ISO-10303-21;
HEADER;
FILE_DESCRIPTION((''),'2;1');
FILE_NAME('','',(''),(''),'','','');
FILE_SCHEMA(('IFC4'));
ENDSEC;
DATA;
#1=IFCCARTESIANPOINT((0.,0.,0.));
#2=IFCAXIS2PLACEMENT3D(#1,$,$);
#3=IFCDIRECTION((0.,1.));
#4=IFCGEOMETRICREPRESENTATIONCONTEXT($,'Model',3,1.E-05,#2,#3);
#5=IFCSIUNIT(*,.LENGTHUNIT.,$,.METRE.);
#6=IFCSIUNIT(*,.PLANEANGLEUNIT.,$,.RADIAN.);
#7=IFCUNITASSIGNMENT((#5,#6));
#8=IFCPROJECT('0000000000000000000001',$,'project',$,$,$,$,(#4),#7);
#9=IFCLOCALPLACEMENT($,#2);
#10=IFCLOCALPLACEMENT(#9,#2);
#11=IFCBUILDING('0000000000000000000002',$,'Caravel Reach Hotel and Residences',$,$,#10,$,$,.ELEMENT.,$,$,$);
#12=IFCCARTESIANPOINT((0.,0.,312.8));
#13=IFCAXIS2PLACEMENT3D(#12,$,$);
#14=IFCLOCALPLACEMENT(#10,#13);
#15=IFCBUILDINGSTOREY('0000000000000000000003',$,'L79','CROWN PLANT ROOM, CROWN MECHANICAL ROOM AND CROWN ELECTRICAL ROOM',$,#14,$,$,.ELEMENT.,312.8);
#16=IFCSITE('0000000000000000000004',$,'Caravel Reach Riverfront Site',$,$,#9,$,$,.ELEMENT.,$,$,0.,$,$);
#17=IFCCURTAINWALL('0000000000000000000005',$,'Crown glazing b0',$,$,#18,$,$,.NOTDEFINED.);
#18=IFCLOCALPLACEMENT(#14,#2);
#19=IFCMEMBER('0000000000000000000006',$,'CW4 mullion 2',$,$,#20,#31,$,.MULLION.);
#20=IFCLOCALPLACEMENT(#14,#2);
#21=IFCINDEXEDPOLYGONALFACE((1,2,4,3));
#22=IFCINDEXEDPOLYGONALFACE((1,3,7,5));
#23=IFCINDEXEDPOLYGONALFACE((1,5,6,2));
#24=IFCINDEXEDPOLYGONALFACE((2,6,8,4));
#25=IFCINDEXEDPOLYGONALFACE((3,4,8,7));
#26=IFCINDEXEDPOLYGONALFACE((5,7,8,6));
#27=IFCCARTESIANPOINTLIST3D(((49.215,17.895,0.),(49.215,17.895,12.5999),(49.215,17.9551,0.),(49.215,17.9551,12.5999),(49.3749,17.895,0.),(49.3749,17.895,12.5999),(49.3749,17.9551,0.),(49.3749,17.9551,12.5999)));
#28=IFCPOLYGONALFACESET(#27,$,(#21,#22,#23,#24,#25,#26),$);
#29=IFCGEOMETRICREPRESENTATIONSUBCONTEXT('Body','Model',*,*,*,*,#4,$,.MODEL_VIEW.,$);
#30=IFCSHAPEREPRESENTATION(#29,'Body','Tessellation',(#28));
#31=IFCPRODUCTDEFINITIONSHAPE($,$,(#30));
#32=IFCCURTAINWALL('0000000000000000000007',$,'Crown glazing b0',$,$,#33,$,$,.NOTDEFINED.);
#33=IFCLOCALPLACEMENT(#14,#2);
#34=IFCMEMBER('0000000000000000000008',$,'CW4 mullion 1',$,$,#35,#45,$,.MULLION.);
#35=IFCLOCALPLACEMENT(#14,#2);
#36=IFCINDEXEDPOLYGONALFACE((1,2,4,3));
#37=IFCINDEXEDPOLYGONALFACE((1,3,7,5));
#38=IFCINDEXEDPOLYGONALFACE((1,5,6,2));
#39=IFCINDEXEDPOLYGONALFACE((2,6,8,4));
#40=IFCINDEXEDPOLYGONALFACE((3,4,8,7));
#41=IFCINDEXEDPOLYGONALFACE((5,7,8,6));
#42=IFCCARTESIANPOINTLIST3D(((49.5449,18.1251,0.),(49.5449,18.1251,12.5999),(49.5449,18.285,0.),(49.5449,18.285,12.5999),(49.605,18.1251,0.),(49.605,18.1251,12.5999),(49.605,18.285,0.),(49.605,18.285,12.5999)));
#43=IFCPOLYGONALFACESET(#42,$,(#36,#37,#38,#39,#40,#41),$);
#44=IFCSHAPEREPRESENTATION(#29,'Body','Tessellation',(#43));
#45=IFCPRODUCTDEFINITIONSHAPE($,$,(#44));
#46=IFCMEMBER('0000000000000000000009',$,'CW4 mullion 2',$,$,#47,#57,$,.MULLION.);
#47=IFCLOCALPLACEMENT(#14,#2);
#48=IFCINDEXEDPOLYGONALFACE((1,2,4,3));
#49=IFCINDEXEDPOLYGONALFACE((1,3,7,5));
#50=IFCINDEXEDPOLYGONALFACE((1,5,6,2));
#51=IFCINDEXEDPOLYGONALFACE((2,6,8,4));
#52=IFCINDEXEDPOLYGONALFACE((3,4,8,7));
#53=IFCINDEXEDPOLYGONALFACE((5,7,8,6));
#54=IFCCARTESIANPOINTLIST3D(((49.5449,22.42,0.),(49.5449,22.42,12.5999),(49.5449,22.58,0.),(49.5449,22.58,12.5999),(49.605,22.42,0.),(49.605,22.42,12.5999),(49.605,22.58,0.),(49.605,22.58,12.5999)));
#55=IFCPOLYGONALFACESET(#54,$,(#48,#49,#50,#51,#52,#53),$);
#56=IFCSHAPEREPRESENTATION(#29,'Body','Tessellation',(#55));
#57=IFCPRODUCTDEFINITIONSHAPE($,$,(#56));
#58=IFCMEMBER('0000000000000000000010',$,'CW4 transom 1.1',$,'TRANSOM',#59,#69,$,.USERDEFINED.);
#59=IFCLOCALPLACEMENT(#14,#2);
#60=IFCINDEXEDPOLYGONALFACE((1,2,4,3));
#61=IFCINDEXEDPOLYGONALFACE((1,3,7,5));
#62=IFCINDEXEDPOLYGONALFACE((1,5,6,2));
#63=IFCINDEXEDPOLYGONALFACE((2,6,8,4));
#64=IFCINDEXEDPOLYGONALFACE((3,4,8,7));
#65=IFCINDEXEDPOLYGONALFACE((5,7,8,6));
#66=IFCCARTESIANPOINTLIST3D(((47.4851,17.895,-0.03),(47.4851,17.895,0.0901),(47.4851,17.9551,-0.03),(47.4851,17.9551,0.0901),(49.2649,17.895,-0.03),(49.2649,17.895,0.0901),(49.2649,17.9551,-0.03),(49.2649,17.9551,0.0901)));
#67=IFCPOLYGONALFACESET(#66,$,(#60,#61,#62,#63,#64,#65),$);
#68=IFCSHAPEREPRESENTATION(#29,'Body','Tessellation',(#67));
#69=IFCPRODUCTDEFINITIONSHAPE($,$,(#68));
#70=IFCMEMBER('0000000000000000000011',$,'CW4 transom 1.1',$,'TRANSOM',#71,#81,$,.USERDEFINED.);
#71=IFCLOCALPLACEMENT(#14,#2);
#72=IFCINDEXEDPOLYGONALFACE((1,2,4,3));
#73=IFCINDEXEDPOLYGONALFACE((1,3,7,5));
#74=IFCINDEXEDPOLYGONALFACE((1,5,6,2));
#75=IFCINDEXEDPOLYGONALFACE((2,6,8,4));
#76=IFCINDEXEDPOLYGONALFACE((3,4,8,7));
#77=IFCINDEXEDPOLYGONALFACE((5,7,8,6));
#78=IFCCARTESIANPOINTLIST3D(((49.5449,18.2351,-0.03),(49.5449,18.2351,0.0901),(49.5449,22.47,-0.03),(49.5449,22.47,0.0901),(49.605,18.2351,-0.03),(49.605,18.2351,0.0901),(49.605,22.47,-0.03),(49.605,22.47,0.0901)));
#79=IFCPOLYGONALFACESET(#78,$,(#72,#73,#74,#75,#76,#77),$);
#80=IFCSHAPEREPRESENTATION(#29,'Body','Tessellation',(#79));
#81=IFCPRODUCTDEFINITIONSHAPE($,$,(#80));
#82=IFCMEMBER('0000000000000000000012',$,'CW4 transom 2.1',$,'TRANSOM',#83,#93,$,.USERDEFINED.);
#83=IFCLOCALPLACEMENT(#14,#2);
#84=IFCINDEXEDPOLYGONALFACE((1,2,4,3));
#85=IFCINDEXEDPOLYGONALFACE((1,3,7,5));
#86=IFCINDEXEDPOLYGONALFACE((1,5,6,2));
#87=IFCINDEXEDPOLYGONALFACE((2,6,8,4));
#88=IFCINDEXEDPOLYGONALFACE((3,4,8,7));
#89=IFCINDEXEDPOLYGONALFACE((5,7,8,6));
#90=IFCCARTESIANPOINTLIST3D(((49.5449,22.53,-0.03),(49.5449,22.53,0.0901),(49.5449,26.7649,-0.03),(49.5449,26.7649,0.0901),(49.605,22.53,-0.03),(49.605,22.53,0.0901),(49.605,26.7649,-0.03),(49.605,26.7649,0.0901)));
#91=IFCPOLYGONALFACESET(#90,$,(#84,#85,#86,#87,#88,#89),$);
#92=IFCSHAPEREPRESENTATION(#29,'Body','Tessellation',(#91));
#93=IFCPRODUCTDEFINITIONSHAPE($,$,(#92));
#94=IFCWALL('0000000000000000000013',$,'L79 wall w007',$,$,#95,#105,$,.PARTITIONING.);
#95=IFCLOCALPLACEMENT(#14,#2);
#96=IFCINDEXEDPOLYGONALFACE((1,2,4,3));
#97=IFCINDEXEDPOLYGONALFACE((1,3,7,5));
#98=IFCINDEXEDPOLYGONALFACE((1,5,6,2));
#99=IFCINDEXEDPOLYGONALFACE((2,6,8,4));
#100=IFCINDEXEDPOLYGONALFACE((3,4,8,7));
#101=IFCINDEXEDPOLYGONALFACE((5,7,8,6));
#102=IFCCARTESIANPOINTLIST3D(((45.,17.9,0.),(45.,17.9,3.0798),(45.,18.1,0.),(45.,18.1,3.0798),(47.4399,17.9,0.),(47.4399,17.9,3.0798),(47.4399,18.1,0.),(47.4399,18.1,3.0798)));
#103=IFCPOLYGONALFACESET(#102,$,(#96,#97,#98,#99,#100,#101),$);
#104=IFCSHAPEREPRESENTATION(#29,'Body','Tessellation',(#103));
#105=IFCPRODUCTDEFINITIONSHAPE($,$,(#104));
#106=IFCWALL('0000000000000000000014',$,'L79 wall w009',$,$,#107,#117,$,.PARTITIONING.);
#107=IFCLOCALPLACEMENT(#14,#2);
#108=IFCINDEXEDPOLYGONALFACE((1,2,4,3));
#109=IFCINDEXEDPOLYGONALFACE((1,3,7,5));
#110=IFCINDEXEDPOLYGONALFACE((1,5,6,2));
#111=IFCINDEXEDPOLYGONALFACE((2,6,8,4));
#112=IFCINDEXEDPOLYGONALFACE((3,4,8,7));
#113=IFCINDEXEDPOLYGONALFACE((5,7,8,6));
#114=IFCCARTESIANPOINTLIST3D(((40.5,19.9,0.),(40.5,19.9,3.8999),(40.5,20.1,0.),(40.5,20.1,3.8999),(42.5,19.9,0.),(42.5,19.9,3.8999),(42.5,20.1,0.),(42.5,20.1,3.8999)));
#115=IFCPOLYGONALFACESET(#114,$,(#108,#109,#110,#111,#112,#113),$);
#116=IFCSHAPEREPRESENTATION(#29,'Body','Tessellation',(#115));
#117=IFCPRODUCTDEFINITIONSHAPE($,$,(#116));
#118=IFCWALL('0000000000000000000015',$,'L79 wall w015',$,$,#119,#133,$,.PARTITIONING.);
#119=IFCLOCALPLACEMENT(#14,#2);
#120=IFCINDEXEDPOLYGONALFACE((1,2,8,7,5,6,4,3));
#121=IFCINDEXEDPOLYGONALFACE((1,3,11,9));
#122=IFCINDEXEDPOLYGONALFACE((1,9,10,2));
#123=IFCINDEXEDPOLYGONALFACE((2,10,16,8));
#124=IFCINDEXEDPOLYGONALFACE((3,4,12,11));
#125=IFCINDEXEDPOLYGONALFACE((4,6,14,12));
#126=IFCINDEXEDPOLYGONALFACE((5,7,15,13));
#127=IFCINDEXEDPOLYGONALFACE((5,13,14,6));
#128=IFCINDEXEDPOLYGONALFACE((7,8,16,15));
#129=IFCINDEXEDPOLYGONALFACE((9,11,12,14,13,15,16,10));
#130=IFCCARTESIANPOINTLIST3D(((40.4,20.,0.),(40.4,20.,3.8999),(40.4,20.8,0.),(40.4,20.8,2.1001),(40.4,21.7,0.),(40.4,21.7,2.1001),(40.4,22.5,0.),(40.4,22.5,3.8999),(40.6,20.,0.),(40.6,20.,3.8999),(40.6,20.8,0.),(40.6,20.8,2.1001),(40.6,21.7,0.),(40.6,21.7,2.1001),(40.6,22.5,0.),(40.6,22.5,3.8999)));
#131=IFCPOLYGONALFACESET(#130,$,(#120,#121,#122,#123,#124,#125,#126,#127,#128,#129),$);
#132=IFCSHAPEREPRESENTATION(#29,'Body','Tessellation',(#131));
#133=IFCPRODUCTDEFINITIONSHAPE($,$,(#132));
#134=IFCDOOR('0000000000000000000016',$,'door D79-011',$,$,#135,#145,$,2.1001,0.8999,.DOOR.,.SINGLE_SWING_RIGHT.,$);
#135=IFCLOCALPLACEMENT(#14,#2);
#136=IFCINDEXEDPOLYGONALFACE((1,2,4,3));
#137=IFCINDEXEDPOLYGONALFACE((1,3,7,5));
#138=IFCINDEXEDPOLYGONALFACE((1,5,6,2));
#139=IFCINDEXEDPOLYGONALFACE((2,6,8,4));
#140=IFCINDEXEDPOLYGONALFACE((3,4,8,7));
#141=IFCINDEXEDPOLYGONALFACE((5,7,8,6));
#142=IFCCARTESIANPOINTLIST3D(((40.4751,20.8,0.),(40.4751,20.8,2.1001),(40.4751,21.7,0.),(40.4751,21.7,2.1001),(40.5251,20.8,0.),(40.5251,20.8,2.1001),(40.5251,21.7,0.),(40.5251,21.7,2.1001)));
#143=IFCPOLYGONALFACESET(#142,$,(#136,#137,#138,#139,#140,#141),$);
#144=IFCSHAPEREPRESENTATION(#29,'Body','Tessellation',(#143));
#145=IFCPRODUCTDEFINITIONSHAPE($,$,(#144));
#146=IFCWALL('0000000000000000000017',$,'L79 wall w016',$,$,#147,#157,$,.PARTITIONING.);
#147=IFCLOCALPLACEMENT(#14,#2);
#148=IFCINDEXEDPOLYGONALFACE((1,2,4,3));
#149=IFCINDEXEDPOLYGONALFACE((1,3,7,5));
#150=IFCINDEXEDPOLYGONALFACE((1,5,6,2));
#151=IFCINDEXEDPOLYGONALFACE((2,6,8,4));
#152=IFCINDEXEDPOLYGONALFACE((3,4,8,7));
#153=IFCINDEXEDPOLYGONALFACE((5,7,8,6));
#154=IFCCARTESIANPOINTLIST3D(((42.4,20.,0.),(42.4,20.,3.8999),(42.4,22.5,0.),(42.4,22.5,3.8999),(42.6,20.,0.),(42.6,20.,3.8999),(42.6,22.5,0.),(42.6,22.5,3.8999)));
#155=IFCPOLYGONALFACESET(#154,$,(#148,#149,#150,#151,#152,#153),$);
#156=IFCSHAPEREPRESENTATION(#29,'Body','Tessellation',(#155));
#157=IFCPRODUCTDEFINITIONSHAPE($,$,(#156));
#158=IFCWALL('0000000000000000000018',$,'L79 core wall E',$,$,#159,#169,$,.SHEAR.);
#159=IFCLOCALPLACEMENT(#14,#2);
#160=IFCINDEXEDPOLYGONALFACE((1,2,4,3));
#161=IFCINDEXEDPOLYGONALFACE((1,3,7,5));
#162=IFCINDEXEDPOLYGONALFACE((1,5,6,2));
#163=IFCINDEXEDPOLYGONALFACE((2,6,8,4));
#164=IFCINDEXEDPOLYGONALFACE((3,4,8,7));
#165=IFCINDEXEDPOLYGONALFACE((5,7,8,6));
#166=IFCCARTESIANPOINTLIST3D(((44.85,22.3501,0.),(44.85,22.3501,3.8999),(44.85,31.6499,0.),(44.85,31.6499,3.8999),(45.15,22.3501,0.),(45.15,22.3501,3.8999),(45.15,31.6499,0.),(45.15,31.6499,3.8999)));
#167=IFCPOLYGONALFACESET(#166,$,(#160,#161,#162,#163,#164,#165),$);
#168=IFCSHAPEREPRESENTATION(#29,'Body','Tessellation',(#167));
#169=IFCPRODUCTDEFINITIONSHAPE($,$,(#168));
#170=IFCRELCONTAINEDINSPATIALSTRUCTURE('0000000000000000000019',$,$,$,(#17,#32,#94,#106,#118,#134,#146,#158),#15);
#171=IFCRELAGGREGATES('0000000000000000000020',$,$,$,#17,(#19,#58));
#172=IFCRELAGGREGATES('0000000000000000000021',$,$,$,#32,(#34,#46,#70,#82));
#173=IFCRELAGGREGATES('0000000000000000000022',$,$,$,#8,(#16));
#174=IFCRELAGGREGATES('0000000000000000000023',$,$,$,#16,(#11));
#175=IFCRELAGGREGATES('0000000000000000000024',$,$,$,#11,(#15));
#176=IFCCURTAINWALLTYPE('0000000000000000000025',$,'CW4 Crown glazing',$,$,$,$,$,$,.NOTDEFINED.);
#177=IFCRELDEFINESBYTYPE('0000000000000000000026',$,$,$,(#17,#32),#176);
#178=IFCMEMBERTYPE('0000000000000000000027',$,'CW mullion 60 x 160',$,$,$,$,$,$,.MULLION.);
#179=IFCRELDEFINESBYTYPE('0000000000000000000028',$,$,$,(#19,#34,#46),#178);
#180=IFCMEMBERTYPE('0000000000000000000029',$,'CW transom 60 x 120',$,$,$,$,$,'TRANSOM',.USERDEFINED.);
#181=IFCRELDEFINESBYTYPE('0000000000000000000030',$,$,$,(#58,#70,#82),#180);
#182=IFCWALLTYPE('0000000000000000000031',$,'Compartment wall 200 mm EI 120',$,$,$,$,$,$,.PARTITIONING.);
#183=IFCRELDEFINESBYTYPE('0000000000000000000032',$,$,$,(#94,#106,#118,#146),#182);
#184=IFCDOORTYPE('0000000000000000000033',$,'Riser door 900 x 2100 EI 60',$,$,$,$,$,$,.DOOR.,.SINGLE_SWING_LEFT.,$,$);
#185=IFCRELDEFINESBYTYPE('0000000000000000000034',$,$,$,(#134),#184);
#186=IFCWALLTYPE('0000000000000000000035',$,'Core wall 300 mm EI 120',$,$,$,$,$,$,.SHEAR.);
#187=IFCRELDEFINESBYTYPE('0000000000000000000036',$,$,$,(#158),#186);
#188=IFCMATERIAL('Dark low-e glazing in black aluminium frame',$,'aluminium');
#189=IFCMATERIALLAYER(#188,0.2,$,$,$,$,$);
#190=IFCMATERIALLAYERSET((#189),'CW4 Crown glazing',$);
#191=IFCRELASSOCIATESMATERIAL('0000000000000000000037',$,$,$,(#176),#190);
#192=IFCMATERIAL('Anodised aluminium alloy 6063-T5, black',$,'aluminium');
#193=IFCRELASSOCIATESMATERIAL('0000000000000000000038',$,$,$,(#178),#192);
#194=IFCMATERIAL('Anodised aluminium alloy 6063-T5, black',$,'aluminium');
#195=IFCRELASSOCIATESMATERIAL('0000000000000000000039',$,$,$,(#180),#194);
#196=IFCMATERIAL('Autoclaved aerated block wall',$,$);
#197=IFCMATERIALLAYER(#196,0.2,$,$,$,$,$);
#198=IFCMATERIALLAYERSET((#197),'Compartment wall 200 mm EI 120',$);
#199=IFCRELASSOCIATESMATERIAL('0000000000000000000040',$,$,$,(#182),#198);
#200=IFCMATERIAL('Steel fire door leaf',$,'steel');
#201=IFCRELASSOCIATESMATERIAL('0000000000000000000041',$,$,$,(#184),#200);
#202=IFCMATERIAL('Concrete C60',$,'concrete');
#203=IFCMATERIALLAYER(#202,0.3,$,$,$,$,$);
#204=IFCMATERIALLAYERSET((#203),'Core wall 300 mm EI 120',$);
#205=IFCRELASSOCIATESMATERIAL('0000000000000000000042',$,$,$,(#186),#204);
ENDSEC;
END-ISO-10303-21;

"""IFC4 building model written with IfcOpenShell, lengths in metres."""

from ifc_helpers import new_model, si_unit, direction, frame, frame_2d, origin, origin_2d, place, context, subcontext, project, spatial, rectangle, extrude, material, layer, layer_set, material_profile, profile_set, type_object, element, fill, aggregate, save


model = new_model("IFC4")

# Units and contexts
model_context = context("Model", 3, precision=1e-05, world=origin(), true_north=direction((0.0, 1.0)))
body_context = subcontext(model_context, "Body", "Model", "MODEL_VIEW")
ifc_project = project(units=[si_unit("LENGTHUNIT", "METRE"), si_unit("PLANEANGLEUNIT", "RADIAN")], contexts=[model_context])

# Site, building, storey
site_placement = place(None, origin())
site = spatial("IfcSite", under=ifc_project, at=site_placement, Name="Caravel Reach Riverfront Site", CompositionType="ELEMENT", RefElevation=0.0)
building_placement = place(site_placement, origin())
building = spatial("IfcBuilding", under=site, at=building_placement, Name="Caravel Reach Hotel and Residences", CompositionType="ELEMENT")
storey_placement = place(building_placement, frame((0.0, 0.0, 312.8)))
storey = spatial("IfcBuildingStorey", under=building, at=storey_placement, Name="L79", Description="CROWN PLANT ROOM, CROWN MECHANICAL ROOM AND CROWN ELECTRICAL ROOM", CompositionType="ELEMENT", Elevation=312.8)

# Curtain wall, member
ifc_material_1 = material(Name="Dark low-e glazing in black aluminium frame", Category="aluminium")
ifc_layer_1 = layer(ifc_material_1, 0.2)
ifc_layer_set_1 = layer_set([ifc_layer_1], Name="CW4 Crown glazing")
curtain_wall_type = type_object("IfcCurtainWallType", Name="CW4 Crown glazing", PredefinedType="NOTDEFINED", material=ifc_layer_set_1)
curtain_wall_1_placement = place(storey_placement, origin())
curtain_wall_1 = element("IfcCurtainWall", 1, at=curtain_wall_1_placement, inside=storey, type_object=curtain_wall_type, Name="Crown glazing b0", PredefinedType="NOTDEFINED")
ifc_material_2 = material(Name="Anodised aluminium alloy 6063-T5, black", Category="aluminium")
ifc_material_profile_1 = material_profile(ifc_material_2, rectangle(XDim=0.0601, YDim=0.1599, at=origin_2d()), Name="CW mullion 60 x 160")
ifc_profile_set_1 = profile_set([ifc_material_profile_1], Name="Anodised aluminium alloy 6063-T5, black")
member_type_1 = type_object("IfcMemberType", Name="CW mullion 60 x 160", PredefinedType="MULLION", material=ifc_profile_set_1)
member_1_placement = place(storey_placement, frame((49.2949, 17.925, 0.0), z_axis=(0.0, 0.0, 1.0), x_axis=(0.0, 1.0, 0.0)))
member_1 = element("IfcMember", 2, at=member_1_placement, type_object=member_type_1, Name="CW4 mullion 2", PredefinedType="MULLION", context=body_context, shape_type="SweptSolid", body=[
    extrude(rectangle(XDim=0.0601, YDim=0.1599, at=origin_2d()), origin(), (0.0, 0.0, 1.0), 12.5999),
])

# Curtain wall, members
curtain_wall_2_placement = place(storey_placement, origin())
curtain_wall_2 = element("IfcCurtainWall", 3, at=curtain_wall_2_placement, inside=storey, type_object=curtain_wall_type, Name="Crown glazing b0", PredefinedType="NOTDEFINED")
member_2_placement = place(storey_placement, frame((49.575, 18.2051, 0.0), z_axis=(0.0, 0.0, 1.0), x_axis=(-1.0, 0.0, 0.0)))
member_2 = element("IfcMember", 4, at=member_2_placement, type_object=member_type_1, Name="CW4 mullion 1", PredefinedType="MULLION", context=body_context, shape_type="SweptSolid", body=[
    extrude(rectangle(XDim=0.0601, YDim=0.1599, at=origin_2d()), origin(), (0.0, 0.0, 1.0), 12.5999),
])
member_3_placement = place(storey_placement, frame((49.575, 22.5, 0.0), z_axis=(0.0, 0.0, 1.0), x_axis=(-1.0, 0.0, 0.0)))
member_3 = element("IfcMember", 5, at=member_3_placement, type_object=member_type_1, Name="CW4 mullion 2", PredefinedType="MULLION", context=body_context, shape_type="SweptSolid", body=[
    extrude(rectangle(XDim=0.0601, YDim=0.1599, at=origin_2d()), origin(), (0.0, 0.0, 1.0), 12.5999),
])

# Members
ifc_material_3 = material(Name="Anodised aluminium alloy 6063-T5, black", Category="aluminium")
ifc_material_profile_2 = material_profile(ifc_material_3, rectangle(XDim=0.0601, YDim=0.1201, at=origin_2d()), Name="CW transom 60 x 120")
ifc_profile_set_2 = profile_set([ifc_material_profile_2], Name="Anodised aluminium alloy 6063-T5, black")
member_type_2 = type_object("IfcMemberType", Name="CW transom 60 x 120", ElementType="TRANSOM", PredefinedType="USERDEFINED", material=ifc_profile_set_2)
member_4_placement = place(storey_placement, frame((47.4851, 17.925, 0.03), z_axis=(1.0, 0.0, 0.0), x_axis=(0.0, 1.0, 0.0)))
member_4 = element("IfcMember", 6, at=member_4_placement, type_object=member_type_2, Name="CW4 transom 1.1", ObjectType="TRANSOM", PredefinedType="USERDEFINED", context=body_context, shape_type="SweptSolid", body=[
    extrude(rectangle(XDim=0.0601, YDim=0.1201, at=origin_2d()), origin(), (0.0, 0.0, 1.0), 1.7798),
])
aggregate(curtain_wall_1, [member_1, member_4])
member_5_placement = place(storey_placement, frame((49.575, 18.2351, 0.03), z_axis=(0.0, 1.0, 0.0), x_axis=(-1.0, 0.0, 0.0)))
member_5 = element("IfcMember", 7, at=member_5_placement, type_object=member_type_2, Name="CW4 transom 1.1", ObjectType="TRANSOM", PredefinedType="USERDEFINED", context=body_context, shape_type="SweptSolid", body=[
    extrude(rectangle(XDim=0.0601, YDim=0.1201, at=origin_2d()), origin(), (0.0, 0.0, 1.0), 4.2349),
])
member_6_placement = place(storey_placement, frame((49.575, 22.53, 0.03), z_axis=(0.0, 1.0, 0.0), x_axis=(-1.0, 0.0, 0.0)))
member_6 = element("IfcMember", 8, at=member_6_placement, type_object=member_type_2, Name="CW4 transom 2.1", ObjectType="TRANSOM", PredefinedType="USERDEFINED", context=body_context, shape_type="SweptSolid", body=[
    extrude(rectangle(XDim=0.0601, YDim=0.1201, at=origin_2d()), origin(), (0.0, 0.0, 1.0), 4.2349),
])
aggregate(curtain_wall_2, [member_2, member_3, member_5, member_6])

# Walls
ifc_material_4 = material(Name="Autoclaved aerated block wall")
ifc_layer_2 = layer(ifc_material_4, 0.2)
ifc_layer_set_2 = layer_set([ifc_layer_2], Name="Compartment wall 200 mm EI 120")
wall_type_1 = type_object("IfcWallType", Name="Compartment wall 200 mm EI 120", PredefinedType="PARTITIONING", material=ifc_layer_set_2)
wall_1_placement = place(storey_placement, frame((45.0, 18.0, 0.0), z_axis=(0.0, 0.0, 1.0), x_axis=(1.0, 0.0, 0.0)))
element("IfcWall", 9, at=wall_1_placement, inside=storey, type_object=wall_type_1, Name="L79 wall w007", PredefinedType="PARTITIONING", context=body_context, shape_type="SweptSolid", body=[
    extrude(rectangle(XDim=2.4399, YDim=0.2, at=frame_2d((1.22, 0.0))), origin(), (0.0, 0.0, 1.0), 3.0798),
])
wall_2_placement = place(storey_placement, frame((40.5, 20.0, 0.0), z_axis=(0.0, 0.0, 1.0), x_axis=(1.0, 0.0, 0.0)))
element("IfcWall", 10, at=wall_2_placement, inside=storey, type_object=wall_type_1, Name="L79 wall w009", PredefinedType="PARTITIONING", context=body_context, shape_type="SweptSolid", body=[
    extrude(rectangle(XDim=2.0, YDim=0.2, at=frame_2d((1.0, 0.0))), origin(), (0.0, 0.0, 1.0), 3.8999),
])

# Wall, opening, door
wall_3_placement = place(storey_placement, frame((40.5, 20.0, 0.0), z_axis=(0.0, 0.0, 1.0), x_axis=(0.0, 1.0, 0.0)))
wall_3 = element("IfcWall", 11, at=wall_3_placement, inside=storey, type_object=wall_type_1, Name="L79 wall w015", PredefinedType="PARTITIONING", context=body_context, shape_type="SweptSolid", body=[
    extrude(rectangle(XDim=2.5, YDim=0.2, at=frame_2d((1.25, 0.0))), origin(), (0.0, 0.0, 1.0), 3.8999),
])
opening_1_placement = place(wall_3_placement, frame((0.8, 0.0, 0.0)))
opening_1 = element("IfcOpeningElement", 12, at=opening_1_placement, cuts=wall_3, PredefinedType="OPENING", context=body_context, shape_type="SweptSolid", body=[
    extrude(rectangle(XDim=0.8999, YDim=2.1001, at=frame_2d((0.45, 1.05))), frame((0.0, 0.1099, 0.0), z_axis=(0.0, -1.0, 0.0), x_axis=(1.0, 0.0, 0.0)), (0.0, 0.0, 1.0), 0.22),
])
ifc_material_5 = material(Name="Steel fire door leaf", Category="steel")
door_type_1 = type_object("IfcDoorType", Name="Riser door 900 x 2100 EI 60", OperationType="SINGLE_SWING_LEFT", PredefinedType="DOOR", material=ifc_material_5)
door_1_placement = place(opening_1_placement, origin())
door_1 = element("IfcDoor", 13, at=door_1_placement, inside=storey, type_object=door_type_1, Name="door D79-011", OperationType="SINGLE_SWING_RIGHT", OverallHeight=2.1001, OverallWidth=0.8999, PredefinedType="DOOR", context=body_context, shape_type="SweptSolid", body=[
    extrude(rectangle(XDim=0.8999, YDim=2.1001, at=frame_2d((0.45, 1.05))), frame((0.0, 0.0249, 0.0), z_axis=(0.0, -1.0, 0.0), x_axis=(1.0, 0.0, 0.0)), (0.0, 0.0, 1.0), 0.05),
])
fill(opening_1, door_1)

# Walls
wall_4_placement = place(storey_placement, frame((42.5, 20.0, 0.0), z_axis=(0.0, 0.0, 1.0), x_axis=(0.0, 1.0, 0.0)))
element("IfcWall", 14, at=wall_4_placement, inside=storey, type_object=wall_type_1, Name="L79 wall w016", PredefinedType="PARTITIONING", context=body_context, shape_type="SweptSolid", body=[
    extrude(rectangle(XDim=2.5, YDim=0.2, at=frame_2d((1.25, 0.0))), origin(), (0.0, 0.0, 1.0), 3.8999),
])
ifc_material_6 = material(Name="Concrete C60", Category="concrete")
ifc_layer_3 = layer(ifc_material_6, 0.3)
ifc_layer_set_3 = layer_set([ifc_layer_3], Name="Core wall 300 mm EI 120")
wall_type_2 = type_object("IfcWallType", Name="Core wall 300 mm EI 120", PredefinedType="SHEAR", material=ifc_layer_set_3)
wall_5_placement = place(storey_placement, frame((45.0, 22.3501, 0.0), z_axis=(0.0, 0.0, 1.0), x_axis=(0.0, 1.0, 0.0)))
element("IfcWall", 15, at=wall_5_placement, inside=storey, type_object=wall_type_2, Name="L79 core wall E", PredefinedType="SHEAR", context=body_context, shape_type="SweptSolid", body=[
    extrude(rectangle(XDim=9.2998, YDim=0.3, at=frame_2d((4.6499, 0.0))), origin(), (0.0, 0.0, 1.0), 3.8999),
])

save(model, "model.ifc")
